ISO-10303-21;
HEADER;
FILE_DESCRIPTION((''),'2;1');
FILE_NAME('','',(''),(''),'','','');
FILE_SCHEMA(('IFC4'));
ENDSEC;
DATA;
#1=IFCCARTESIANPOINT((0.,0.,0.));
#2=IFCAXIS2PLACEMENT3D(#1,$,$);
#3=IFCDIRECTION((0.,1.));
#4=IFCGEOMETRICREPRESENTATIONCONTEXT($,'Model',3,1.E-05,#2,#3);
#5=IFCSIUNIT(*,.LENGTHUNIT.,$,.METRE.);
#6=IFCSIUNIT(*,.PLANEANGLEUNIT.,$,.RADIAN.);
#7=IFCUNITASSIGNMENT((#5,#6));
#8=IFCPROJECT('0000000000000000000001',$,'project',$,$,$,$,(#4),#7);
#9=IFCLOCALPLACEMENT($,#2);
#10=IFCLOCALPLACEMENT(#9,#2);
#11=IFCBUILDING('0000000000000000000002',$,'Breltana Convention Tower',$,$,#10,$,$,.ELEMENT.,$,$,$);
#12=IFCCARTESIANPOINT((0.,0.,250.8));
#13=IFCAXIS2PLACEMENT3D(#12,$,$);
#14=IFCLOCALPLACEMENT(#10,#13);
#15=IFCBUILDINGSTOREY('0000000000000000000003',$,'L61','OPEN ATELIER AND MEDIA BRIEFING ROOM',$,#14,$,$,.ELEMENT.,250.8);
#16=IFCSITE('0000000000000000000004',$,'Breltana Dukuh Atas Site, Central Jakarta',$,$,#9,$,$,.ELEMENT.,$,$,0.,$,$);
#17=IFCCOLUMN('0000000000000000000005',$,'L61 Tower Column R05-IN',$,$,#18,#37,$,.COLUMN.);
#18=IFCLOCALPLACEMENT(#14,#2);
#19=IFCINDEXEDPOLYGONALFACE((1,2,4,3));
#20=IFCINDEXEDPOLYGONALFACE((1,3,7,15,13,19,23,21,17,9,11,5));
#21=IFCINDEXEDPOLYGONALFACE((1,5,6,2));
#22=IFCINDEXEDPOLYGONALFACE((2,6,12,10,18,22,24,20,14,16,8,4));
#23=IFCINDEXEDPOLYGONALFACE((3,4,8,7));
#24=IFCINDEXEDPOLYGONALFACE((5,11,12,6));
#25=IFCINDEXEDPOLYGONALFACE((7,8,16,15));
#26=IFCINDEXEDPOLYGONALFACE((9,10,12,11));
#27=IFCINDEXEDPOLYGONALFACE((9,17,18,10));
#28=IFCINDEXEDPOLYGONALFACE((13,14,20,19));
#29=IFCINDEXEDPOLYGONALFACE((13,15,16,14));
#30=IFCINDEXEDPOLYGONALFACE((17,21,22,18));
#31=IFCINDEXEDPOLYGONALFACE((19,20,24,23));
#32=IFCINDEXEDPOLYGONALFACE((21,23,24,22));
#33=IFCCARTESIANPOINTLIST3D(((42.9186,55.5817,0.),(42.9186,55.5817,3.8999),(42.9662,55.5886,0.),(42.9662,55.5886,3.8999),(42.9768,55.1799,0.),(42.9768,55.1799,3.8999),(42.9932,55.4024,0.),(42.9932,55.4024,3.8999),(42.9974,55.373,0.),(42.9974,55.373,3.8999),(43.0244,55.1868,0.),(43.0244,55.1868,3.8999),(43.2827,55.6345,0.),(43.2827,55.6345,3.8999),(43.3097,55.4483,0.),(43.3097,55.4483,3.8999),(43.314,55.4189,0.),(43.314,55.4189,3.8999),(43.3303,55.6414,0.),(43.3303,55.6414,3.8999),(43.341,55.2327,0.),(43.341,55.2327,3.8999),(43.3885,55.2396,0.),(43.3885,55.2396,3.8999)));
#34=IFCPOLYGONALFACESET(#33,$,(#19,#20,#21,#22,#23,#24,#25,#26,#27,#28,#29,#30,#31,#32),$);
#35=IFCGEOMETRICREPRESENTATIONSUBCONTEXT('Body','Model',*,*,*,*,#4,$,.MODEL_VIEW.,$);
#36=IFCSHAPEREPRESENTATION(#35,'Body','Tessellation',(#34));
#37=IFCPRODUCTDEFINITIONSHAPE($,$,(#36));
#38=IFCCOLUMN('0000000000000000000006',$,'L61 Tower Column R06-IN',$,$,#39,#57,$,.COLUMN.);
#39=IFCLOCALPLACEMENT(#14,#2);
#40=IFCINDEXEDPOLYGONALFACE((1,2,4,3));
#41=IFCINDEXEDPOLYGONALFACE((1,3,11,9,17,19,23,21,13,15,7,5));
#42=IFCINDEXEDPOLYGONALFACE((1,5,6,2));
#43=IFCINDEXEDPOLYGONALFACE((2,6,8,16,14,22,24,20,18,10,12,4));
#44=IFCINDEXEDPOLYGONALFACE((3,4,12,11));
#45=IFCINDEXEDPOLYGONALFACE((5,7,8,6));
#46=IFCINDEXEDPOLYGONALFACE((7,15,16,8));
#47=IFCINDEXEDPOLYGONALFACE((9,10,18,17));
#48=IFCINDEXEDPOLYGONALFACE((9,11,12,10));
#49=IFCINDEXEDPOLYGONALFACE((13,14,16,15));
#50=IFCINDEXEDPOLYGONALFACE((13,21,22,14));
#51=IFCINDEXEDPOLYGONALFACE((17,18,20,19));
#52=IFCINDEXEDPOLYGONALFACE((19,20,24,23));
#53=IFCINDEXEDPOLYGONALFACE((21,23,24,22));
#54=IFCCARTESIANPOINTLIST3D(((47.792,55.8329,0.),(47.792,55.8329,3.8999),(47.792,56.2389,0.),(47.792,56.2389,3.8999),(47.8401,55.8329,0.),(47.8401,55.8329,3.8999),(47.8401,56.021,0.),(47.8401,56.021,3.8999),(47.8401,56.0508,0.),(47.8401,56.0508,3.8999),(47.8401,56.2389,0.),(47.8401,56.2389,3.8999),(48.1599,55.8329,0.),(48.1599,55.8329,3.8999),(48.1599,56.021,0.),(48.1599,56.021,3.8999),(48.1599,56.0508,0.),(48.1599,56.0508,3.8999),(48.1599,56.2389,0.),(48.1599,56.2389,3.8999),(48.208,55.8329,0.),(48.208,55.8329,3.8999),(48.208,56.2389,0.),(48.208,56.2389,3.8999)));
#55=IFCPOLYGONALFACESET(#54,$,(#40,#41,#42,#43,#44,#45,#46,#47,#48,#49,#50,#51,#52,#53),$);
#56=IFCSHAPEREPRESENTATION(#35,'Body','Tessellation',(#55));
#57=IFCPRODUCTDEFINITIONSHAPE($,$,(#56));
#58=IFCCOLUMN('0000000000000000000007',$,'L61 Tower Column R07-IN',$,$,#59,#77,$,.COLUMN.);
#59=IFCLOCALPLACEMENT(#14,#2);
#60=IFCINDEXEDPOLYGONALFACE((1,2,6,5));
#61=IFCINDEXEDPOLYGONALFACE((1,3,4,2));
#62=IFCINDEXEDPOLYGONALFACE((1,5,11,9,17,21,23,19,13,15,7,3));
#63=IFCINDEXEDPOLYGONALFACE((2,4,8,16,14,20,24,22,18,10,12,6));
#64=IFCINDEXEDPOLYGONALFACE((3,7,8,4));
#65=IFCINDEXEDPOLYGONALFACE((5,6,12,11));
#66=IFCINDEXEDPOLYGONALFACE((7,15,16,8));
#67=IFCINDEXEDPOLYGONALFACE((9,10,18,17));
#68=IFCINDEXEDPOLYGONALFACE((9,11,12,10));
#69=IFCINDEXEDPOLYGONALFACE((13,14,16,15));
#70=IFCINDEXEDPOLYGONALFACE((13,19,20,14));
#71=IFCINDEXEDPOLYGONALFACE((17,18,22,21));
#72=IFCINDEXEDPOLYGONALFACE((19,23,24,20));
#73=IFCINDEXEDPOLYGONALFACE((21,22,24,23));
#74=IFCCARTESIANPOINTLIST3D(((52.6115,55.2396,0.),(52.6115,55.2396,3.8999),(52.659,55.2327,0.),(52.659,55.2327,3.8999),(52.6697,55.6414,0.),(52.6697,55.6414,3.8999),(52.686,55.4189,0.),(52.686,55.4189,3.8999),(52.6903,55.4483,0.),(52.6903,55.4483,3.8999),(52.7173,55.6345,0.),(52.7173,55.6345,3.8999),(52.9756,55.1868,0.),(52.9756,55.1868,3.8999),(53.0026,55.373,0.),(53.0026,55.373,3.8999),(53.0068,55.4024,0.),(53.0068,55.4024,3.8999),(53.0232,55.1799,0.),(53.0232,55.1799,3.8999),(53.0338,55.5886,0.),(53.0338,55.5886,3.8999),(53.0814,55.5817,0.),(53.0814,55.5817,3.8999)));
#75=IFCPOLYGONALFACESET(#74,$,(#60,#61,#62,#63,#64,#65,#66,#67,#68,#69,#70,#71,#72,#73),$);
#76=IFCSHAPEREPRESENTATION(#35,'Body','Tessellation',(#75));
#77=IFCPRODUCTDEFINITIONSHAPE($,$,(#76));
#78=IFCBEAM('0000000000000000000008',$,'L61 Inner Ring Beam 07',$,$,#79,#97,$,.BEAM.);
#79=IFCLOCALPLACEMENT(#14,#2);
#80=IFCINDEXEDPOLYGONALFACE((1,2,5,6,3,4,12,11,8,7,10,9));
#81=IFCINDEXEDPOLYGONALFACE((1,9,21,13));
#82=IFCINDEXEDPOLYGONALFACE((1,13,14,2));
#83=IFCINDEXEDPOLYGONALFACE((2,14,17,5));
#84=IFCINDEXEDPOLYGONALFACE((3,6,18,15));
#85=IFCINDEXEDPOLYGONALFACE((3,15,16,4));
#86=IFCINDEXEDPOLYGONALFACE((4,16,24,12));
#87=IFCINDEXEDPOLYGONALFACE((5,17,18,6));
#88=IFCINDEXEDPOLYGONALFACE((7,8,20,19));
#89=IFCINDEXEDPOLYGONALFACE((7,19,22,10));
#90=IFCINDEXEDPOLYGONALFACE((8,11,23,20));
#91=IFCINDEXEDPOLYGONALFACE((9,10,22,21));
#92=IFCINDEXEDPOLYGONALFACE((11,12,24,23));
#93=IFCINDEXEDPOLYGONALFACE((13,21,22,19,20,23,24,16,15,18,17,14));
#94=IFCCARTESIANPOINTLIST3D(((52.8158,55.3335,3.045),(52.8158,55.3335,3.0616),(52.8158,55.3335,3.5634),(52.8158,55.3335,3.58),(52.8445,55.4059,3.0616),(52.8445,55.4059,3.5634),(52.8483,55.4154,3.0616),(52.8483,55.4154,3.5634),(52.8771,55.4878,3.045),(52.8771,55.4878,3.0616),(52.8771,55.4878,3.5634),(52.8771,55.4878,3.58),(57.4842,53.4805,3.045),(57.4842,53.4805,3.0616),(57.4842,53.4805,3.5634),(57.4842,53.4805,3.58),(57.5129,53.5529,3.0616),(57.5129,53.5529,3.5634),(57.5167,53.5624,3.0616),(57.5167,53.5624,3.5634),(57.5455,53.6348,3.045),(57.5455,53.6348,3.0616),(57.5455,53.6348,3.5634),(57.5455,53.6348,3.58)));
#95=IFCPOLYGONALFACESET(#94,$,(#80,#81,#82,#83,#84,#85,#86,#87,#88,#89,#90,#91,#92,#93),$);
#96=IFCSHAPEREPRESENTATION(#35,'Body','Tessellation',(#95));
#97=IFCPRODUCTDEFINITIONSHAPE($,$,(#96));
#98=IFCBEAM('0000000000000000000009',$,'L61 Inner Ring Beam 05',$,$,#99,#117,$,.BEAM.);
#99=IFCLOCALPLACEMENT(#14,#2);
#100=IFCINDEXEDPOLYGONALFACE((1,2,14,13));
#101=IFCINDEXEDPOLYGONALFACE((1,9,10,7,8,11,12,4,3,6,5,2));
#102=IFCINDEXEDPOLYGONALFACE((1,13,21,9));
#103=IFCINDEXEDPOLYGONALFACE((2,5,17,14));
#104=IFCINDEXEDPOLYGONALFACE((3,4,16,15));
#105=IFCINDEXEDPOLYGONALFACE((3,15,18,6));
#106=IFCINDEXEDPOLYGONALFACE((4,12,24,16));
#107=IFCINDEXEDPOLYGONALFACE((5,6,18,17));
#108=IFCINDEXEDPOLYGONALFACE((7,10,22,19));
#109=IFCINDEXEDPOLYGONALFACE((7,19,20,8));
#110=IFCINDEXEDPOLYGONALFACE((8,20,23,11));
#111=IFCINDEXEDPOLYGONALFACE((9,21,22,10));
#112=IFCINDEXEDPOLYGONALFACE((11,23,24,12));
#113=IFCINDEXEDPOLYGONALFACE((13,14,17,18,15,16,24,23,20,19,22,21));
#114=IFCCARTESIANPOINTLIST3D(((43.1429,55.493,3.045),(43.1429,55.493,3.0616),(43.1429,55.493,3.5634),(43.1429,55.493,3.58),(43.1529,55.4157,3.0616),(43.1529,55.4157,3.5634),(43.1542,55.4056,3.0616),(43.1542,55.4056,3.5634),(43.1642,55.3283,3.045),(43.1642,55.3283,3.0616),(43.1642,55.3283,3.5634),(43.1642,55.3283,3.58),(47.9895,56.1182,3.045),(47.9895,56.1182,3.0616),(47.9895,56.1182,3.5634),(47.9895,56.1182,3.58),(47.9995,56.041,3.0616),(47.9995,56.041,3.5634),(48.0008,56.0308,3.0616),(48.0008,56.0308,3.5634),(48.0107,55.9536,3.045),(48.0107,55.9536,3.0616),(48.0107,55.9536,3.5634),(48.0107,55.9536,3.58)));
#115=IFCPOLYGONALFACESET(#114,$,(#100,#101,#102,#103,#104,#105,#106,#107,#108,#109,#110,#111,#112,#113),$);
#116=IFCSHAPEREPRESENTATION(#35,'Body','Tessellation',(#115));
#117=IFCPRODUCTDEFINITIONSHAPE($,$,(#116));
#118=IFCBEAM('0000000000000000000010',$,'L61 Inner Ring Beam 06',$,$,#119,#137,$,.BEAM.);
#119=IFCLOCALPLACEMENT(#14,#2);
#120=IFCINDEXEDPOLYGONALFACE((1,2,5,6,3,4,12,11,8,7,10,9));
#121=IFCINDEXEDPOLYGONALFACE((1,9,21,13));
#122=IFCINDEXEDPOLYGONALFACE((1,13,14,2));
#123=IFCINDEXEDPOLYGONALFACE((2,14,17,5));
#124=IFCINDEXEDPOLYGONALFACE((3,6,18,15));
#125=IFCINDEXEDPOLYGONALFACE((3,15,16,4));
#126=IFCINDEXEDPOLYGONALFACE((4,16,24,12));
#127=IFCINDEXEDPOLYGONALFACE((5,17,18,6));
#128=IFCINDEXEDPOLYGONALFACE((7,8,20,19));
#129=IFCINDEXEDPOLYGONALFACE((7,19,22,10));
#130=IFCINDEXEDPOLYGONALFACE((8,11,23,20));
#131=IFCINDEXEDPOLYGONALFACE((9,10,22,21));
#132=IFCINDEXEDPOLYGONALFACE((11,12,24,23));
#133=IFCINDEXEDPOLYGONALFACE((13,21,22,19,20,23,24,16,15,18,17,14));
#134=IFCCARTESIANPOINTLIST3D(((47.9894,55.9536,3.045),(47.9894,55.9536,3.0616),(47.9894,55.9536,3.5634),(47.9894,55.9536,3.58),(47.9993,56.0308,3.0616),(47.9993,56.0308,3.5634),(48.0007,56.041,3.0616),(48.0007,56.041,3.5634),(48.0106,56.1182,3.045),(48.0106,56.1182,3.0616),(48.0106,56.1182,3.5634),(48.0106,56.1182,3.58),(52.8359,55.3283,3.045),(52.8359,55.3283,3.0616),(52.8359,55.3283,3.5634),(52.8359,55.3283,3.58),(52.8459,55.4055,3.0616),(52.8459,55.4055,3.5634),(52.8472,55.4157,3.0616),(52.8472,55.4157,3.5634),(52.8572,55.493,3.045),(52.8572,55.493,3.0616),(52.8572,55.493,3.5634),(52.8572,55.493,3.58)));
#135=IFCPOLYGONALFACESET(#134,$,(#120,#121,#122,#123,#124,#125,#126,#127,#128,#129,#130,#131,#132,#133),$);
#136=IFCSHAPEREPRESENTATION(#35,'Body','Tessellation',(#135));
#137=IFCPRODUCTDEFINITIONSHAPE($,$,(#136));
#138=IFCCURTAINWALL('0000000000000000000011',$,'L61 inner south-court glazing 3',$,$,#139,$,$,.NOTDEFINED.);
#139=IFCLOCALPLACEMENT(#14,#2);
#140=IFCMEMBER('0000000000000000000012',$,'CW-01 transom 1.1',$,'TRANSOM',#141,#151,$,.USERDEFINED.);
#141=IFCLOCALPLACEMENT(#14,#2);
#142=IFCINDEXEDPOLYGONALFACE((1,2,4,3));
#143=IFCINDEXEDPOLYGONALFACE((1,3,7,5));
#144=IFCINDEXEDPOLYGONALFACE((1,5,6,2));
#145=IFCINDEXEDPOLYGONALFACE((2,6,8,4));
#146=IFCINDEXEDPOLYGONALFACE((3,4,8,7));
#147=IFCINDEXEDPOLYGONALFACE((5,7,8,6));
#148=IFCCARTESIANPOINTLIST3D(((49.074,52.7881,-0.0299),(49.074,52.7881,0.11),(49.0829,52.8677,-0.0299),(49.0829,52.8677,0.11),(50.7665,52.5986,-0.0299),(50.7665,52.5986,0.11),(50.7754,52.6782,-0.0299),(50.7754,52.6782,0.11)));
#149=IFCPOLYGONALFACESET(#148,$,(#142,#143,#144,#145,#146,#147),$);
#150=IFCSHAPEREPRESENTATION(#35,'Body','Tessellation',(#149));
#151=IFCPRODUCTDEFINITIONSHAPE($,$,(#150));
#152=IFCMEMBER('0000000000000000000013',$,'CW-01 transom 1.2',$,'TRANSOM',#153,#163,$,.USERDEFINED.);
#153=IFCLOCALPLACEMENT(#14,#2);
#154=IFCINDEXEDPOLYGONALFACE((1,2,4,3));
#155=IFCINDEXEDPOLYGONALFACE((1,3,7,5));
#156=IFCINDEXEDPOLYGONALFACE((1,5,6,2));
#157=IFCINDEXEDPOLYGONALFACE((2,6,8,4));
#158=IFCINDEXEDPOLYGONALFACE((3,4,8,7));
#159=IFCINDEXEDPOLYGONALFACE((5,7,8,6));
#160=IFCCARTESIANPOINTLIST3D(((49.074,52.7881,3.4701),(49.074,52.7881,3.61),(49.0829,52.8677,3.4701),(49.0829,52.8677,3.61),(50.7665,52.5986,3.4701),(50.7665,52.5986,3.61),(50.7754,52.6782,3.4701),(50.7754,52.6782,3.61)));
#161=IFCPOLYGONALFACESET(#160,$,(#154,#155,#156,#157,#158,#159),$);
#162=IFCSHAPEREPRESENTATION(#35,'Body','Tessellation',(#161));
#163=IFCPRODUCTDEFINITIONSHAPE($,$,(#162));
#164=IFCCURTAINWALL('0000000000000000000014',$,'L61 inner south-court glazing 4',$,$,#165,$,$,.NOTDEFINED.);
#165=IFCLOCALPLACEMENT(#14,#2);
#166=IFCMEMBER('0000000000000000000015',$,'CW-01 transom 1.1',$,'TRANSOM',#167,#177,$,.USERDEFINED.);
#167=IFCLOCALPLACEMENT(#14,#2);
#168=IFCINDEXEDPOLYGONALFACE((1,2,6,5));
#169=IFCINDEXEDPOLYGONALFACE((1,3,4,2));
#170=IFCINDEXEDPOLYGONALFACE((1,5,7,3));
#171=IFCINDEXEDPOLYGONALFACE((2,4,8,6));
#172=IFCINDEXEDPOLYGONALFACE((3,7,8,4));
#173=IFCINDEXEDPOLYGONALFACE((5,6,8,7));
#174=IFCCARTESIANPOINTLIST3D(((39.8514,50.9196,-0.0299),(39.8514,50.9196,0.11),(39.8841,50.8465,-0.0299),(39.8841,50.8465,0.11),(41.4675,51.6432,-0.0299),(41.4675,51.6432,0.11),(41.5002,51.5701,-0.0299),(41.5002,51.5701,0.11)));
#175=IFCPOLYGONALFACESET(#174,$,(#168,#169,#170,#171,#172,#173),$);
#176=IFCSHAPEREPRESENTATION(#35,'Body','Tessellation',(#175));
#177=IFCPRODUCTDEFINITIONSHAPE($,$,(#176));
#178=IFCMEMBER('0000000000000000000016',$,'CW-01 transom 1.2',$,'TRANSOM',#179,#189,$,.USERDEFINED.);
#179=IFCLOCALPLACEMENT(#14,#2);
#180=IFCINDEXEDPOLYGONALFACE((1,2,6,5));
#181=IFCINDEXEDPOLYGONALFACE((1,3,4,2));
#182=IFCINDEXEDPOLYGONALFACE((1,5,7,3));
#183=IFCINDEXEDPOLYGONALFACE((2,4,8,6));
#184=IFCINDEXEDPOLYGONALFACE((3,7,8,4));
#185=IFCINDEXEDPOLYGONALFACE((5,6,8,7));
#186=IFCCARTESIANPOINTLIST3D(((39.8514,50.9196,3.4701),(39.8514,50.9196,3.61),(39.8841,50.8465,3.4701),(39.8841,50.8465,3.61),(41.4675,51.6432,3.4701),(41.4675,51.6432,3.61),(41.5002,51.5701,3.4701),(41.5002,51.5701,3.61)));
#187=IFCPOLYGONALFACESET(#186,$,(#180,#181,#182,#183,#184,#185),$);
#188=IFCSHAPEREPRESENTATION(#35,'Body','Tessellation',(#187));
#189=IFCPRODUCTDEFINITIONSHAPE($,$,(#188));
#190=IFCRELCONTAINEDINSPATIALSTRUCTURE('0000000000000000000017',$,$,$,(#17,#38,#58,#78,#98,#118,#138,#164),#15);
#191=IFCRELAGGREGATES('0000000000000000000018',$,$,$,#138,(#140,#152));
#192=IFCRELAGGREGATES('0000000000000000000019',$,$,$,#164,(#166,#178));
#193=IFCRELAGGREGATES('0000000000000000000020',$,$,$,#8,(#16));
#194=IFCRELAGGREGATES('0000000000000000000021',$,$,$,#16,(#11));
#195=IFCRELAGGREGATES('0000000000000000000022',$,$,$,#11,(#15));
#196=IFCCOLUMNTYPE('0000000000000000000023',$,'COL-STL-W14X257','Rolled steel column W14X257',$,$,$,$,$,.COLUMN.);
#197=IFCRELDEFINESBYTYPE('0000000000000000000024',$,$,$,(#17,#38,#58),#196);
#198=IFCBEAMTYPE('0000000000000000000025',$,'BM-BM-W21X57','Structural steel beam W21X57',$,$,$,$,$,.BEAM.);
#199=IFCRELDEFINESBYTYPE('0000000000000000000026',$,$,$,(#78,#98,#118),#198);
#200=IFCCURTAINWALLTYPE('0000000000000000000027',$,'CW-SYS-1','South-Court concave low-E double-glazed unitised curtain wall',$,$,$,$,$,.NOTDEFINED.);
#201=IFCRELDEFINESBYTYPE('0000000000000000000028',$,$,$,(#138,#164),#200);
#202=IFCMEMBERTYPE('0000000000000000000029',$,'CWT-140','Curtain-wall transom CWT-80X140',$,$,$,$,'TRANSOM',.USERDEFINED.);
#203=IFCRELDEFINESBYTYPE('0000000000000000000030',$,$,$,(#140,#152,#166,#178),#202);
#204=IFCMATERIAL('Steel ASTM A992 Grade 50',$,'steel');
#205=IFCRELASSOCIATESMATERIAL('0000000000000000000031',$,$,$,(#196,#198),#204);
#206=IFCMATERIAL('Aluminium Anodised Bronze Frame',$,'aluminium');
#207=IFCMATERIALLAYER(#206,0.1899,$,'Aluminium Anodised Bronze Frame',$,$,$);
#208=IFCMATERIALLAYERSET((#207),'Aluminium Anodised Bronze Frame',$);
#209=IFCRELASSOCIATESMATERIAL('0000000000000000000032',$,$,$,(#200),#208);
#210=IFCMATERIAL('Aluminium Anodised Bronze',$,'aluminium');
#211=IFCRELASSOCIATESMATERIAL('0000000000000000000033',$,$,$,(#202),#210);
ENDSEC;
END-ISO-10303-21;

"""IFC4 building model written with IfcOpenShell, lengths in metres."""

from ifc_helpers import new_model, si_unit, direction, frame, origin, origin_2d, place, context, subcontext, project, spatial, rectangle, i_section, extrude, source, transform, mapped, material, layer, layer_set, material_profile, profile_set, type_object, element, aggregate, save


model = new_model("IFC4")

# Units and contexts
model_context = context("Model", 3, precision=1e-05, world=origin(), true_north=direction((0.0, 1.0)))
body_context = subcontext(model_context, "Body", "Model", "MODEL_VIEW")
ifc_project = project(units=[si_unit("LENGTHUNIT", "METRE"), si_unit("PLANEANGLEUNIT", "RADIAN")], contexts=[model_context])

# Site, building, storey
site_placement = place(None, origin())
site = spatial("IfcSite", under=ifc_project, at=site_placement, Name="Breltana Dukuh Atas Site, Central Jakarta", CompositionType="ELEMENT", RefElevation=0.0)
building_placement = place(site_placement, origin())
building = spatial("IfcBuilding", under=site, at=building_placement, Name="Breltana Convention Tower", CompositionType="ELEMENT")
storey_placement = place(building_placement, frame((0.0, 0.0, 250.8)))
storey = spatial("IfcBuildingStorey", under=building, at=storey_placement, Name="L61", Description="OPEN ATELIER AND MEDIA BRIEFING ROOM", CompositionType="ELEMENT", Elevation=250.8)

# Columns
ifc_material_1 = material(Name="Steel ASTM A992 Grade 50", Category="steel")
ifc_material_profile_1 = material_profile(ifc_material_1, i_section(OverallWidth=0.406, OverallDepth=0.416, WebThickness=0.0298, FlangeThickness=0.0481, at=origin_2d()), Name="W14X257")
ifc_profile_set_1 = profile_set([ifc_material_profile_1], Name="Steel ASTM A992 Grade 50")
column_type = type_object("IfcColumnType", Name="COL-STL-W14X257", Description="Rolled steel column W14X257", PredefinedType="COLUMN", material=ifc_profile_set_1)
shared_shape_1 = source(origin(), body_context, "Body", "SweptSolid", [
    extrude(i_section(OverallWidth=0.406, OverallDepth=0.416, WebThickness=0.0298, FlangeThickness=0.0481, at=origin_2d()), origin(), (0.0, 0.0, 1.0), 3.8999),
])
for number, where, z_axis, x_axis, name in (
    (1, (43.1536, 55.4106, 0.0), (0.0, 0.0, 1.0), (-0.143493, 0.989651, 0.0), "L61 Tower Column R05-IN"),
    (2, (48.0, 56.0359, 0.0), (0.0, 0.0, 1.0), (0.0, 1.0, 0.0), "L61 Tower Column R06-IN"),
    (3, (52.8464, 55.4106, 0.0), (0.0, 0.0, 1.0), (0.143493, 0.989651, 0.0), "L61 Tower Column R07-IN"),
):
    element("IfcColumn", number, at=place(storey_placement, frame(where, z_axis=z_axis, x_axis=x_axis)), inside=storey, type_object=column_type, Name=name, PredefinedType="COLUMN", context=body_context, shape_type="MappedRepresentation", body=[
        mapped(shared_shape_1, transform((0.0, 0.0, 0.0), scale=1.0)),
    ])

# Beams
ifc_material_profile_2 = material_profile(ifc_material_1, i_section(OverallWidth=0.166, OverallDepth=0.5349, WebThickness=0.0103, FlangeThickness=0.0166, at=origin_2d()), Name="W21X57")
ifc_profile_set_2 = profile_set([ifc_material_profile_2], Name="Steel ASTM A992 Grade 50")
beam_type = type_object("IfcBeamType", Name="BM-BM-W21X57", Description="Structural steel beam W21X57", PredefinedType="BEAM", material=ifc_profile_set_2)
shared_shape_2 = source(origin(), body_context, "Body", "SweptSolid", [
    extrude(i_section(OverallWidth=0.166, OverallDepth=0.5349, WebThickness=0.0103, FlangeThickness=0.0166, at=origin_2d()), origin(), (0.0, 0.0, 1.0), 5.0227),
])
beam_placement = place(storey_placement, frame((52.8464, 55.4106, 3.3125), z_axis=(0.929459, -0.368926, 0.0), x_axis=(0.368926, 0.929459, 0.0)))
element("IfcBeam", 4, at=beam_placement, inside=storey, type_object=beam_type, Name="L61 Inner Ring Beam 07", PredefinedType="BEAM", context=body_context, shape_type="MappedRepresentation", body=[
    mapped(shared_shape_2, transform((0.0, 0.0, 0.0), scale=1.0)),
])
shared_shape_3 = source(origin(), body_context, "Body", "SweptSolid", [
    extrude(i_section(OverallWidth=0.166, OverallDepth=0.5349, WebThickness=0.0103, FlangeThickness=0.0166, at=origin_2d()), origin(), (0.0, 0.0, 1.0), 4.8867),
])
for number, where, z_axis, x_axis, name in (
    (5, (43.1536, 55.4106, 3.3125), (0.991781, 0.127951, 0.0), (-0.127951, 0.991781, 0.0), "L61 Inner Ring Beam 05"),
    (6, (48.0, 56.0359, 3.3125), (0.991781, -0.127951, 0.0), (0.127951, 0.991781, 0.0), "L61 Inner Ring Beam 06"),
):
    element("IfcBeam", number, at=place(storey_placement, frame(where, z_axis=z_axis, x_axis=x_axis)), inside=storey, type_object=beam_type, Name=name, PredefinedType="BEAM", context=body_context, shape_type="MappedRepresentation", body=[
        mapped(shared_shape_3, transform((0.0, 0.0, 0.0), scale=1.0)),
    ])

# Curtain walls, members
ifc_material_2 = material(Name="Aluminium Anodised Bronze Frame", Category="aluminium")
ifc_layer_1 = layer(ifc_material_2, 0.1899, Name="Aluminium Anodised Bronze Frame")
ifc_layer_set_1 = layer_set([ifc_layer_1], Name="Aluminium Anodised Bronze Frame")
curtain_wall_type = type_object("IfcCurtainWallType", Name="CW-SYS-1", Description="South-Court concave low-E double-glazed unitised curtain wall", PredefinedType="NOTDEFINED", material=ifc_layer_set_1)
curtain_wall_1_placement = place(storey_placement, origin())
curtain_wall_1 = element("IfcCurtainWall", 7, at=curtain_wall_1_placement, inside=storey, type_object=curtain_wall_type, Name="L61 inner south-court glazing 3", PredefinedType="NOTDEFINED")
ifc_material_3 = material(Name="Aluminium Anodised Bronze", Category="aluminium")
ifc_material_profile_3 = material_profile(ifc_material_3, rectangle(XDim=0.0801, YDim=0.1399, at=origin_2d()), Name="CWT-80X140")
ifc_profile_set_3 = profile_set([ifc_material_profile_3], Name="Aluminium Anodised Bronze")
member_type_1 = type_object("IfcMemberType", Name="CWT-140", Description="Curtain-wall transom CWT-80X140", ElementType="TRANSOM", PredefinedType="USERDEFINED", material=ifc_profile_set_3)
shared_shape_4 = source(origin(), body_context, "Body", "SweptSolid", [
    extrude(rectangle(XDim=0.0801, YDim=0.1399, at=origin_2d()), origin(), (0.0, 0.0, 1.0), 1.7031),
])
member_1_placement = place(storey_placement, frame((50.771, 52.6384, 0.04), z_axis=(-0.993794, 0.111234, 0.0), x_axis=(-0.111234, -0.993794, 0.0)))
member_1 = element("IfcMember", 8, at=member_1_placement, type_object=member_type_1, Name="CW-01 transom 1.1", ObjectType="TRANSOM", PredefinedType="USERDEFINED", context=body_context, shape_type="MappedRepresentation", body=[
    mapped(shared_shape_4, transform((0.0, 0.0, 0.0), scale=1.0)),
])
member_2_placement = place(storey_placement, frame((50.771, 52.6384, 3.54), z_axis=(-0.993794, 0.111234, 0.0), x_axis=(-0.111234, -0.993794, 0.0)))
member_2 = element("IfcMember", 9, at=member_2_placement, type_object=member_type_1, Name="CW-01 transom 1.2", ObjectType="TRANSOM", PredefinedType="USERDEFINED", context=body_context, shape_type="MappedRepresentation", body=[
    mapped(shared_shape_4, transform((0.0, 0.0, 0.0), scale=1.0)),
])
curtain_wall_2_placement = place(storey_placement, origin())
curtain_wall_2 = element("IfcCurtainWall", 10, at=curtain_wall_2_placement, inside=storey, type_object=curtain_wall_type, Name="L61 inner south-court glazing 4", PredefinedType="NOTDEFINED")
shared_shape_5 = source(origin(), body_context, "Body", "SweptSolid", [
    extrude(rectangle(XDim=0.0801, YDim=0.1399, at=origin_2d()), origin(), (0.0, 0.0, 1.0), 1.7708),
])
member_3_placement = place(storey_placement, frame((41.4839, 51.6067, 0.04), z_axis=(-0.912694, -0.408644, 0.0), x_axis=(0.408644, -0.912694, 0.0)))
member_3 = element("IfcMember", 11, at=member_3_placement, type_object=member_type_1, Name="CW-01 transom 1.1", ObjectType="TRANSOM", PredefinedType="USERDEFINED", context=body_context, shape_type="MappedRepresentation", body=[
    mapped(shared_shape_5, transform((0.0, 0.0, 0.0), scale=1.0)),
])
member_4_placement = place(storey_placement, frame((41.4839, 51.6067, 3.54), z_axis=(-0.912694, -0.408644, 0.0), x_axis=(0.408644, -0.912694, 0.0)))
member_4 = element("IfcMember", 12, at=member_4_placement, type_object=member_type_1, Name="CW-01 transom 1.2", ObjectType="TRANSOM", PredefinedType="USERDEFINED", context=body_context, shape_type="MappedRepresentation", body=[
    mapped(shared_shape_5, transform((0.0, 0.0, 0.0), scale=1.0)),
])

aggregate(curtain_wall_1, [member_1, member_2])
aggregate(curtain_wall_2, [member_3, member_4])

save(model, "model.ifc")
